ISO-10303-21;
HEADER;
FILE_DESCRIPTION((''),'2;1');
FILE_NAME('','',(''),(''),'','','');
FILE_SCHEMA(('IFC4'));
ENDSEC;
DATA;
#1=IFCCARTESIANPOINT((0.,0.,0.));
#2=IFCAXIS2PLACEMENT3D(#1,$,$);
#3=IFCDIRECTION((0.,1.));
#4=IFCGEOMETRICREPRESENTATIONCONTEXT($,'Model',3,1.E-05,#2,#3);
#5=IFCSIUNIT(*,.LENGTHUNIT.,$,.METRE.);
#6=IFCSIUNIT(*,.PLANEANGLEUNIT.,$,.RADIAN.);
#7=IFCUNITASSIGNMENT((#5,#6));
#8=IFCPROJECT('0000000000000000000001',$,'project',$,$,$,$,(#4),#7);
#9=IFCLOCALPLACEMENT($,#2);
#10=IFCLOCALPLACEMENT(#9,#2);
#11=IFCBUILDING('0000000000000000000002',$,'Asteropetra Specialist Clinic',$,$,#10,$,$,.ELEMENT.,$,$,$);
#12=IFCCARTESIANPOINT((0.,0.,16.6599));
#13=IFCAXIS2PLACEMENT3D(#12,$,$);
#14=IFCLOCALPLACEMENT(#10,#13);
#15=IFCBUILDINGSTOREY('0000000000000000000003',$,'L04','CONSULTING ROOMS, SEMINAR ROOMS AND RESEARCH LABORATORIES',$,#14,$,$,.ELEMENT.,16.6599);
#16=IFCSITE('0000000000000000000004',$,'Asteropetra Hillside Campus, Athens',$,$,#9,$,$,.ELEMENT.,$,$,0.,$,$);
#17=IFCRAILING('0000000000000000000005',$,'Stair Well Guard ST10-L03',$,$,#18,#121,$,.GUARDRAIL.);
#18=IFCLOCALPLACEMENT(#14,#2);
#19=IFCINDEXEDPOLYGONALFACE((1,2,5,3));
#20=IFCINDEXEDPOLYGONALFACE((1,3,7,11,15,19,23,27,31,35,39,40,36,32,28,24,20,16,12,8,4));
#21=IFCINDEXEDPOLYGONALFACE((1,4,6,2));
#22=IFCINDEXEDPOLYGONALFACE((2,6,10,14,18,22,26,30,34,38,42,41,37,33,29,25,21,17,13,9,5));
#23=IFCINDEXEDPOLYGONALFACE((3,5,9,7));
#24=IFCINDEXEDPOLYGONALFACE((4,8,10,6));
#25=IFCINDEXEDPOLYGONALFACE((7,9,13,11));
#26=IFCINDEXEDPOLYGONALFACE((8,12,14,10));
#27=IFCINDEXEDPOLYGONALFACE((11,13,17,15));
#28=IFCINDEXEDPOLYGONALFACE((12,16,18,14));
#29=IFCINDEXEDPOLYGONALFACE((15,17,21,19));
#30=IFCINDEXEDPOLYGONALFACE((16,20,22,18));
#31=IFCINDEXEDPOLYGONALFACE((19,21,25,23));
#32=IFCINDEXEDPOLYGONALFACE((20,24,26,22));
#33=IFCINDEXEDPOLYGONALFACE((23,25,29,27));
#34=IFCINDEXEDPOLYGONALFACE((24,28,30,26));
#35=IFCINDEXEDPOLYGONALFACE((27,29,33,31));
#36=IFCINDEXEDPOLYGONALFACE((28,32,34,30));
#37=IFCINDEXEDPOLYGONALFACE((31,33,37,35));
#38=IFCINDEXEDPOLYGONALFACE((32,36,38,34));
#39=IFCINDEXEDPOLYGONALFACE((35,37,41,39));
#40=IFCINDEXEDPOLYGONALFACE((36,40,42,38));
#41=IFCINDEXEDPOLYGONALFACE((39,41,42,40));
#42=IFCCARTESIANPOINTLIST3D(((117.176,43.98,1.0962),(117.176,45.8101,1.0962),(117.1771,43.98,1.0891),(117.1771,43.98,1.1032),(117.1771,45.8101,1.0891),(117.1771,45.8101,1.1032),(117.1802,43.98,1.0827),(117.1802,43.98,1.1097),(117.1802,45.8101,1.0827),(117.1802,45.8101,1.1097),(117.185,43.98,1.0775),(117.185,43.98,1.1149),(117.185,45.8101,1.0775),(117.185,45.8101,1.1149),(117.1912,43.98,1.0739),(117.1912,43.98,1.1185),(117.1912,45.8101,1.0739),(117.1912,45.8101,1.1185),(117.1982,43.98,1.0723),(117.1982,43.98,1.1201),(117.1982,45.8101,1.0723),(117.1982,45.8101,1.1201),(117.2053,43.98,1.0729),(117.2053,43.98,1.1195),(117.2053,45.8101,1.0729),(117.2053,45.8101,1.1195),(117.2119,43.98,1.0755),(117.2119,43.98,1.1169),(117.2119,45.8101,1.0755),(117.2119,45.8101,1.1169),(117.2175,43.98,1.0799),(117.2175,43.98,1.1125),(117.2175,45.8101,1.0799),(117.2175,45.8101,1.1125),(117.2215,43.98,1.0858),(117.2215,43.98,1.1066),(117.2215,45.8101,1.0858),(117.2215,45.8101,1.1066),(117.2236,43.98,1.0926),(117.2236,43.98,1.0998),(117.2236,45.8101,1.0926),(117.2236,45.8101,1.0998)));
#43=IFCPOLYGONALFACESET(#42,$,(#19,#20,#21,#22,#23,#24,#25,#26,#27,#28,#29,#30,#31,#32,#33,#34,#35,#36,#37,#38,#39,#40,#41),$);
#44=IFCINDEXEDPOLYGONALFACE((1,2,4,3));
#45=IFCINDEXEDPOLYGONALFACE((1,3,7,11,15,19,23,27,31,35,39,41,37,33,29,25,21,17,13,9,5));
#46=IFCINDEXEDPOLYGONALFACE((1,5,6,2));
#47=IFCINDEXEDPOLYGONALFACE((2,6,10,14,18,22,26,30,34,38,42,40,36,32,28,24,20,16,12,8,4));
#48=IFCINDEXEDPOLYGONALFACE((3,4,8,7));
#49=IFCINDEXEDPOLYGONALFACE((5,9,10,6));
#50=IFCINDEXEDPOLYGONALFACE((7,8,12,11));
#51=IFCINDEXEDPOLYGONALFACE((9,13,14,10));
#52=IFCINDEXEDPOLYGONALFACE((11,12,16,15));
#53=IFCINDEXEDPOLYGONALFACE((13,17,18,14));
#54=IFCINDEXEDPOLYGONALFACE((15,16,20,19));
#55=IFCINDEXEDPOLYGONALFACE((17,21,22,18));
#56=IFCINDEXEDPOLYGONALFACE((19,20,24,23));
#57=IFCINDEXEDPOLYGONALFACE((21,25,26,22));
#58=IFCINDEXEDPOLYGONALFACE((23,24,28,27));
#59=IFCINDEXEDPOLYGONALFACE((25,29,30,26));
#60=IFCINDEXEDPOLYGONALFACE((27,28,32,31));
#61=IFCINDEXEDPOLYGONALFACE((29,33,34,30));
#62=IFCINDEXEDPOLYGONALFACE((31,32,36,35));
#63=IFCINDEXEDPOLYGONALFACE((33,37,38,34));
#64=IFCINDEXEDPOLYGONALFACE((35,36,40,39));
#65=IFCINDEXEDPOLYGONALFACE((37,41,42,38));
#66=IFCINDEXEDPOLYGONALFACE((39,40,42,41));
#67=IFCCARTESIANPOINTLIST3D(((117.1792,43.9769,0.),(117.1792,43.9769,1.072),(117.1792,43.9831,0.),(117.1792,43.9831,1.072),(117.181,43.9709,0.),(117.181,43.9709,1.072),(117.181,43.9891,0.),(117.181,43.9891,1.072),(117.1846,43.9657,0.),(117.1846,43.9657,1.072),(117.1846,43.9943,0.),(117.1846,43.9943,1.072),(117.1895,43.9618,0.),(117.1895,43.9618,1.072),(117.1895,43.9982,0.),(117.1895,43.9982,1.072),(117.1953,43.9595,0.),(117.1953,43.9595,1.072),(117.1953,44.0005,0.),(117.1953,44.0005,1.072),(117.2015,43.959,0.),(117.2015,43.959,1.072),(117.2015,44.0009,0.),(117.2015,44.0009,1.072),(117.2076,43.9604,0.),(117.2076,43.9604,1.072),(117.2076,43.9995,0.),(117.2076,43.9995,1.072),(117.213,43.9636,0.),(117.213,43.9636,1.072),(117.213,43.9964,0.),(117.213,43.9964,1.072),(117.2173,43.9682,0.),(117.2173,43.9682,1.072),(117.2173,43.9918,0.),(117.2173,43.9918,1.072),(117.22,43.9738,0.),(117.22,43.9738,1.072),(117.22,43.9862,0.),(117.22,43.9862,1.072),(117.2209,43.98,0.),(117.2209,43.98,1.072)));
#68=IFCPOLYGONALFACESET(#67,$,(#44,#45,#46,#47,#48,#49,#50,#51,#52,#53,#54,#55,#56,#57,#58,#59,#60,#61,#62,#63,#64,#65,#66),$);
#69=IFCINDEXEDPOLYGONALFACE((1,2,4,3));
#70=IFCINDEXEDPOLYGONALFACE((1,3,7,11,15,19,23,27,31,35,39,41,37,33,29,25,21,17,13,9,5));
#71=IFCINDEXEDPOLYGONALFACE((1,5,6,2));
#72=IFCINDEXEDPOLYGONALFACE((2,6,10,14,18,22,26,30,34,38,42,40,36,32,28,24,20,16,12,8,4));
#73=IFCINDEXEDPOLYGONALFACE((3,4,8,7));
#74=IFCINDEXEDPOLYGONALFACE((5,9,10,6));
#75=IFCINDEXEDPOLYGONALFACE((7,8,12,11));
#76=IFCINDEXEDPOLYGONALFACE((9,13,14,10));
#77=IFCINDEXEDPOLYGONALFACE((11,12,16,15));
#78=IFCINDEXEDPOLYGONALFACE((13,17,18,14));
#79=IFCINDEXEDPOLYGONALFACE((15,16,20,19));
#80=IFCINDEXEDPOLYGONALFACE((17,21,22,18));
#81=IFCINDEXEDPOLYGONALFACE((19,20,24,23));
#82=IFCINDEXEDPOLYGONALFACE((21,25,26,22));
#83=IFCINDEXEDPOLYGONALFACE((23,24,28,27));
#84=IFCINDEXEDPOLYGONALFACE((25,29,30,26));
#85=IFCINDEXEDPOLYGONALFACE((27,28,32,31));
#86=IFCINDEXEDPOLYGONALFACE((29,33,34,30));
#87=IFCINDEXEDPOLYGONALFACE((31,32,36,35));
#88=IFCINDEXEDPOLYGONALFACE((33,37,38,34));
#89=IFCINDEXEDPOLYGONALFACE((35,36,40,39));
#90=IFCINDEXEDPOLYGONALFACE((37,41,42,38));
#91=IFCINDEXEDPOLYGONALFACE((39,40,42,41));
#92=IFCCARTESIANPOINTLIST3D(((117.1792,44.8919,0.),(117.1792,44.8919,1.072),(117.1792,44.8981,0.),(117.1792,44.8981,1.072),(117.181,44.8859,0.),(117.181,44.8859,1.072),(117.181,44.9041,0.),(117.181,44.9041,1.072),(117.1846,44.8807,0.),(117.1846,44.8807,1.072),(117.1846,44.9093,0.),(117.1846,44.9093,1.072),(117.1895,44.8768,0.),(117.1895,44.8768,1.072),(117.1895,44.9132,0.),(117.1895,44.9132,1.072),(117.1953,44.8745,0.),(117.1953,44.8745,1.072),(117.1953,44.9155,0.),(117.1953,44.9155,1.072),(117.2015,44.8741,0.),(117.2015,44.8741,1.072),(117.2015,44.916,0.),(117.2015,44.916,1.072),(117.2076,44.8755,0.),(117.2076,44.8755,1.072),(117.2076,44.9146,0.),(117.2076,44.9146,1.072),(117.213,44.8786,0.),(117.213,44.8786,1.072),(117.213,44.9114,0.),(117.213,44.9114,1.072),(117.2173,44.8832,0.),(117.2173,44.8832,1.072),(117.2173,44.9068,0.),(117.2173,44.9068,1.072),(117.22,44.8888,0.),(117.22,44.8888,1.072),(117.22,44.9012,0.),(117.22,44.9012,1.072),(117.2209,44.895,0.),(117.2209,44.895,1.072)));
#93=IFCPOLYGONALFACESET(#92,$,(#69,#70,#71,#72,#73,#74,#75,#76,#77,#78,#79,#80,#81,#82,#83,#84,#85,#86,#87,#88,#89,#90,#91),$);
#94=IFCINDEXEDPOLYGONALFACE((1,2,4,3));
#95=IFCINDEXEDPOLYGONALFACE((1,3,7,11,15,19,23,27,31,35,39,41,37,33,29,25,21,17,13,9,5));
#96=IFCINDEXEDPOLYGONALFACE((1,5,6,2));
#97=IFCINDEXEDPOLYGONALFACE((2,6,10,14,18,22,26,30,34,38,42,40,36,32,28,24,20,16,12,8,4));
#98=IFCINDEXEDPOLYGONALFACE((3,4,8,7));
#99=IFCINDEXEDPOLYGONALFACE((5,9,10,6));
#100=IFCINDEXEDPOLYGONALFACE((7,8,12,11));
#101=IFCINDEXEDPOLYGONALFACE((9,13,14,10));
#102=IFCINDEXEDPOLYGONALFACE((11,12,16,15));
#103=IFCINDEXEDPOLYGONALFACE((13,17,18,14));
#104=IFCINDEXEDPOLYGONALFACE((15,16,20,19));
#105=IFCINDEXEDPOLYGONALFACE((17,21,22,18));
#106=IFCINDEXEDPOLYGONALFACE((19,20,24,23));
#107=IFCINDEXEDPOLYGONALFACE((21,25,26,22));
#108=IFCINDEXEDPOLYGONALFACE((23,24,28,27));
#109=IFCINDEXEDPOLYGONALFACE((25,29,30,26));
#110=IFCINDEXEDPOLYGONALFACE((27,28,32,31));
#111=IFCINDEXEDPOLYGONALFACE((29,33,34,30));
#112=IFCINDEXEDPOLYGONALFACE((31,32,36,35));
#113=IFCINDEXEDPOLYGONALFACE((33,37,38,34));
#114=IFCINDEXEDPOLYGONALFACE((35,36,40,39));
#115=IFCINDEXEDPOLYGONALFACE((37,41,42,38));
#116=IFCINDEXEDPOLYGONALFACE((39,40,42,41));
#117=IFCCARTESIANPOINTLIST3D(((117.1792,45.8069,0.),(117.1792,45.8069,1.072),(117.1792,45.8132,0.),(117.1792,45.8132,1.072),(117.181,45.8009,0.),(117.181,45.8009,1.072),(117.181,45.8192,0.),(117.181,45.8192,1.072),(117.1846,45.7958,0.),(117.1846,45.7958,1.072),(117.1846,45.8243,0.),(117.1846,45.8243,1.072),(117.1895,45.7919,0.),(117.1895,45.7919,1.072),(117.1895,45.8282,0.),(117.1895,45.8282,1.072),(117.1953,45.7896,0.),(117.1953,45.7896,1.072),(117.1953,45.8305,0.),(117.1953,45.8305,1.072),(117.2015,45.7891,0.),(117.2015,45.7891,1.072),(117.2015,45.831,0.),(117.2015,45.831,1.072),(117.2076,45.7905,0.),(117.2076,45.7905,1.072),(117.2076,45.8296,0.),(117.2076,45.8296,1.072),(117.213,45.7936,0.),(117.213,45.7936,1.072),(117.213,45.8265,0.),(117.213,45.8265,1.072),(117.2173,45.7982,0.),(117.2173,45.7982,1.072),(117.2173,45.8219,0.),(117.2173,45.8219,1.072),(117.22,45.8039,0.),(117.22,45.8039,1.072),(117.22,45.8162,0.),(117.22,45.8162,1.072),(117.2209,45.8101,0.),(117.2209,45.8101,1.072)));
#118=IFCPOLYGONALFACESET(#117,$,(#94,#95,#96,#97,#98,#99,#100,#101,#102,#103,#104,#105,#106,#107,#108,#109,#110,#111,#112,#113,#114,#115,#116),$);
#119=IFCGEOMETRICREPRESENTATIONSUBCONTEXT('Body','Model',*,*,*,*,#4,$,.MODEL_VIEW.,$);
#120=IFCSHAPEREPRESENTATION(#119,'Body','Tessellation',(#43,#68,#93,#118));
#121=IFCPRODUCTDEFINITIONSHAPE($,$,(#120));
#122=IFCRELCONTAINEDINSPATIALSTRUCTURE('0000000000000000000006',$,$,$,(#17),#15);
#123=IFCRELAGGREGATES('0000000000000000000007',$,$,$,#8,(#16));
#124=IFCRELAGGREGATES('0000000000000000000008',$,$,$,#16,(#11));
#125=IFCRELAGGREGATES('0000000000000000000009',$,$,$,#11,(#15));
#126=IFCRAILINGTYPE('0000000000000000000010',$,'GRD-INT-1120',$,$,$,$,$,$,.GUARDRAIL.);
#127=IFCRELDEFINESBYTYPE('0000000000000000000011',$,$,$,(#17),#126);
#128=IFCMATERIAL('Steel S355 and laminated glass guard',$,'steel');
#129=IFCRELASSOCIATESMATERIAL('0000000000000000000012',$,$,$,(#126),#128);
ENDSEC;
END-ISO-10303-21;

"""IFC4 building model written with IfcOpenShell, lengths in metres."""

from ifc_helpers import new_model, si_unit, direction, frame, origin, origin_2d, place, context, subcontext, project, spatial, circle, extrude, material, type_object, element, save


model = new_model("IFC4")

# Units and contexts
model_context = context("Model", 3, precision=1e-05, world=origin(), true_north=direction((0.0, 1.0)))
body_context = subcontext(model_context, "Body", "Model", "MODEL_VIEW")
ifc_project = project(units=[si_unit("LENGTHUNIT", "METRE"), si_unit("PLANEANGLEUNIT", "RADIAN")], contexts=[model_context])

# Site, building, storey
site_placement = place(None, origin())
site = spatial("IfcSite", under=ifc_project, at=site_placement, Name="Asteropetra Hillside Campus, Athens", CompositionType="ELEMENT", RefElevation=0.0)
building_placement = place(site_placement, origin())
building = spatial("IfcBuilding", under=site, at=building_placement, Name="Asteropetra Specialist Clinic", CompositionType="ELEMENT")
storey_placement = place(building_placement, frame((0.0, 0.0, 16.6599)))
storey = spatial("IfcBuildingStorey", under=building, at=storey_placement, Name="L04", Description="CONSULTING ROOMS, SEMINAR ROOMS AND RESEARCH LABORATORIES", CompositionType="ELEMENT", Elevation=16.6599)

# Railing
ifc_material_1 = material(Name="Steel S355 and laminated glass guard", Category="steel")
railing_type = type_object("IfcRailingType", Name="GRD-INT-1120", PredefinedType="GUARDRAIL", material=ifc_material_1)
railing_placement = place(storey_placement, frame((117.2, 43.98, 0.0)))
element("IfcRailing", 1, at=railing_placement, inside=storey, type_object=railing_type, Name="Stair Well Guard ST10-L03", PredefinedType="GUARDRAIL", context=body_context, shape_type="SweptSolid", body=[
    extrude(circle(Radius=0.0239, at=origin_2d()), frame((0.0, 0.0, 1.0962), z_axis=(0.0, 1.0, 0.0), x_axis=(-1.0, 0.0, 0.0)), (0.0, 0.0, 1.0), 1.8301),
    extrude(circle(Radius=0.021, at=origin_2d()), origin(), (0.0, 0.0, 1.0), 1.072),
    extrude(circle(Radius=0.021, at=origin_2d()), frame((0.0, 0.915, 0.0)), (0.0, 0.0, 1.0), 1.072),
    extrude(circle(Radius=0.021, at=origin_2d()), frame((0.0, 1.8301, 0.0)), (0.0, 0.0, 1.0), 1.072),
])

save(model, "model.ifc")
